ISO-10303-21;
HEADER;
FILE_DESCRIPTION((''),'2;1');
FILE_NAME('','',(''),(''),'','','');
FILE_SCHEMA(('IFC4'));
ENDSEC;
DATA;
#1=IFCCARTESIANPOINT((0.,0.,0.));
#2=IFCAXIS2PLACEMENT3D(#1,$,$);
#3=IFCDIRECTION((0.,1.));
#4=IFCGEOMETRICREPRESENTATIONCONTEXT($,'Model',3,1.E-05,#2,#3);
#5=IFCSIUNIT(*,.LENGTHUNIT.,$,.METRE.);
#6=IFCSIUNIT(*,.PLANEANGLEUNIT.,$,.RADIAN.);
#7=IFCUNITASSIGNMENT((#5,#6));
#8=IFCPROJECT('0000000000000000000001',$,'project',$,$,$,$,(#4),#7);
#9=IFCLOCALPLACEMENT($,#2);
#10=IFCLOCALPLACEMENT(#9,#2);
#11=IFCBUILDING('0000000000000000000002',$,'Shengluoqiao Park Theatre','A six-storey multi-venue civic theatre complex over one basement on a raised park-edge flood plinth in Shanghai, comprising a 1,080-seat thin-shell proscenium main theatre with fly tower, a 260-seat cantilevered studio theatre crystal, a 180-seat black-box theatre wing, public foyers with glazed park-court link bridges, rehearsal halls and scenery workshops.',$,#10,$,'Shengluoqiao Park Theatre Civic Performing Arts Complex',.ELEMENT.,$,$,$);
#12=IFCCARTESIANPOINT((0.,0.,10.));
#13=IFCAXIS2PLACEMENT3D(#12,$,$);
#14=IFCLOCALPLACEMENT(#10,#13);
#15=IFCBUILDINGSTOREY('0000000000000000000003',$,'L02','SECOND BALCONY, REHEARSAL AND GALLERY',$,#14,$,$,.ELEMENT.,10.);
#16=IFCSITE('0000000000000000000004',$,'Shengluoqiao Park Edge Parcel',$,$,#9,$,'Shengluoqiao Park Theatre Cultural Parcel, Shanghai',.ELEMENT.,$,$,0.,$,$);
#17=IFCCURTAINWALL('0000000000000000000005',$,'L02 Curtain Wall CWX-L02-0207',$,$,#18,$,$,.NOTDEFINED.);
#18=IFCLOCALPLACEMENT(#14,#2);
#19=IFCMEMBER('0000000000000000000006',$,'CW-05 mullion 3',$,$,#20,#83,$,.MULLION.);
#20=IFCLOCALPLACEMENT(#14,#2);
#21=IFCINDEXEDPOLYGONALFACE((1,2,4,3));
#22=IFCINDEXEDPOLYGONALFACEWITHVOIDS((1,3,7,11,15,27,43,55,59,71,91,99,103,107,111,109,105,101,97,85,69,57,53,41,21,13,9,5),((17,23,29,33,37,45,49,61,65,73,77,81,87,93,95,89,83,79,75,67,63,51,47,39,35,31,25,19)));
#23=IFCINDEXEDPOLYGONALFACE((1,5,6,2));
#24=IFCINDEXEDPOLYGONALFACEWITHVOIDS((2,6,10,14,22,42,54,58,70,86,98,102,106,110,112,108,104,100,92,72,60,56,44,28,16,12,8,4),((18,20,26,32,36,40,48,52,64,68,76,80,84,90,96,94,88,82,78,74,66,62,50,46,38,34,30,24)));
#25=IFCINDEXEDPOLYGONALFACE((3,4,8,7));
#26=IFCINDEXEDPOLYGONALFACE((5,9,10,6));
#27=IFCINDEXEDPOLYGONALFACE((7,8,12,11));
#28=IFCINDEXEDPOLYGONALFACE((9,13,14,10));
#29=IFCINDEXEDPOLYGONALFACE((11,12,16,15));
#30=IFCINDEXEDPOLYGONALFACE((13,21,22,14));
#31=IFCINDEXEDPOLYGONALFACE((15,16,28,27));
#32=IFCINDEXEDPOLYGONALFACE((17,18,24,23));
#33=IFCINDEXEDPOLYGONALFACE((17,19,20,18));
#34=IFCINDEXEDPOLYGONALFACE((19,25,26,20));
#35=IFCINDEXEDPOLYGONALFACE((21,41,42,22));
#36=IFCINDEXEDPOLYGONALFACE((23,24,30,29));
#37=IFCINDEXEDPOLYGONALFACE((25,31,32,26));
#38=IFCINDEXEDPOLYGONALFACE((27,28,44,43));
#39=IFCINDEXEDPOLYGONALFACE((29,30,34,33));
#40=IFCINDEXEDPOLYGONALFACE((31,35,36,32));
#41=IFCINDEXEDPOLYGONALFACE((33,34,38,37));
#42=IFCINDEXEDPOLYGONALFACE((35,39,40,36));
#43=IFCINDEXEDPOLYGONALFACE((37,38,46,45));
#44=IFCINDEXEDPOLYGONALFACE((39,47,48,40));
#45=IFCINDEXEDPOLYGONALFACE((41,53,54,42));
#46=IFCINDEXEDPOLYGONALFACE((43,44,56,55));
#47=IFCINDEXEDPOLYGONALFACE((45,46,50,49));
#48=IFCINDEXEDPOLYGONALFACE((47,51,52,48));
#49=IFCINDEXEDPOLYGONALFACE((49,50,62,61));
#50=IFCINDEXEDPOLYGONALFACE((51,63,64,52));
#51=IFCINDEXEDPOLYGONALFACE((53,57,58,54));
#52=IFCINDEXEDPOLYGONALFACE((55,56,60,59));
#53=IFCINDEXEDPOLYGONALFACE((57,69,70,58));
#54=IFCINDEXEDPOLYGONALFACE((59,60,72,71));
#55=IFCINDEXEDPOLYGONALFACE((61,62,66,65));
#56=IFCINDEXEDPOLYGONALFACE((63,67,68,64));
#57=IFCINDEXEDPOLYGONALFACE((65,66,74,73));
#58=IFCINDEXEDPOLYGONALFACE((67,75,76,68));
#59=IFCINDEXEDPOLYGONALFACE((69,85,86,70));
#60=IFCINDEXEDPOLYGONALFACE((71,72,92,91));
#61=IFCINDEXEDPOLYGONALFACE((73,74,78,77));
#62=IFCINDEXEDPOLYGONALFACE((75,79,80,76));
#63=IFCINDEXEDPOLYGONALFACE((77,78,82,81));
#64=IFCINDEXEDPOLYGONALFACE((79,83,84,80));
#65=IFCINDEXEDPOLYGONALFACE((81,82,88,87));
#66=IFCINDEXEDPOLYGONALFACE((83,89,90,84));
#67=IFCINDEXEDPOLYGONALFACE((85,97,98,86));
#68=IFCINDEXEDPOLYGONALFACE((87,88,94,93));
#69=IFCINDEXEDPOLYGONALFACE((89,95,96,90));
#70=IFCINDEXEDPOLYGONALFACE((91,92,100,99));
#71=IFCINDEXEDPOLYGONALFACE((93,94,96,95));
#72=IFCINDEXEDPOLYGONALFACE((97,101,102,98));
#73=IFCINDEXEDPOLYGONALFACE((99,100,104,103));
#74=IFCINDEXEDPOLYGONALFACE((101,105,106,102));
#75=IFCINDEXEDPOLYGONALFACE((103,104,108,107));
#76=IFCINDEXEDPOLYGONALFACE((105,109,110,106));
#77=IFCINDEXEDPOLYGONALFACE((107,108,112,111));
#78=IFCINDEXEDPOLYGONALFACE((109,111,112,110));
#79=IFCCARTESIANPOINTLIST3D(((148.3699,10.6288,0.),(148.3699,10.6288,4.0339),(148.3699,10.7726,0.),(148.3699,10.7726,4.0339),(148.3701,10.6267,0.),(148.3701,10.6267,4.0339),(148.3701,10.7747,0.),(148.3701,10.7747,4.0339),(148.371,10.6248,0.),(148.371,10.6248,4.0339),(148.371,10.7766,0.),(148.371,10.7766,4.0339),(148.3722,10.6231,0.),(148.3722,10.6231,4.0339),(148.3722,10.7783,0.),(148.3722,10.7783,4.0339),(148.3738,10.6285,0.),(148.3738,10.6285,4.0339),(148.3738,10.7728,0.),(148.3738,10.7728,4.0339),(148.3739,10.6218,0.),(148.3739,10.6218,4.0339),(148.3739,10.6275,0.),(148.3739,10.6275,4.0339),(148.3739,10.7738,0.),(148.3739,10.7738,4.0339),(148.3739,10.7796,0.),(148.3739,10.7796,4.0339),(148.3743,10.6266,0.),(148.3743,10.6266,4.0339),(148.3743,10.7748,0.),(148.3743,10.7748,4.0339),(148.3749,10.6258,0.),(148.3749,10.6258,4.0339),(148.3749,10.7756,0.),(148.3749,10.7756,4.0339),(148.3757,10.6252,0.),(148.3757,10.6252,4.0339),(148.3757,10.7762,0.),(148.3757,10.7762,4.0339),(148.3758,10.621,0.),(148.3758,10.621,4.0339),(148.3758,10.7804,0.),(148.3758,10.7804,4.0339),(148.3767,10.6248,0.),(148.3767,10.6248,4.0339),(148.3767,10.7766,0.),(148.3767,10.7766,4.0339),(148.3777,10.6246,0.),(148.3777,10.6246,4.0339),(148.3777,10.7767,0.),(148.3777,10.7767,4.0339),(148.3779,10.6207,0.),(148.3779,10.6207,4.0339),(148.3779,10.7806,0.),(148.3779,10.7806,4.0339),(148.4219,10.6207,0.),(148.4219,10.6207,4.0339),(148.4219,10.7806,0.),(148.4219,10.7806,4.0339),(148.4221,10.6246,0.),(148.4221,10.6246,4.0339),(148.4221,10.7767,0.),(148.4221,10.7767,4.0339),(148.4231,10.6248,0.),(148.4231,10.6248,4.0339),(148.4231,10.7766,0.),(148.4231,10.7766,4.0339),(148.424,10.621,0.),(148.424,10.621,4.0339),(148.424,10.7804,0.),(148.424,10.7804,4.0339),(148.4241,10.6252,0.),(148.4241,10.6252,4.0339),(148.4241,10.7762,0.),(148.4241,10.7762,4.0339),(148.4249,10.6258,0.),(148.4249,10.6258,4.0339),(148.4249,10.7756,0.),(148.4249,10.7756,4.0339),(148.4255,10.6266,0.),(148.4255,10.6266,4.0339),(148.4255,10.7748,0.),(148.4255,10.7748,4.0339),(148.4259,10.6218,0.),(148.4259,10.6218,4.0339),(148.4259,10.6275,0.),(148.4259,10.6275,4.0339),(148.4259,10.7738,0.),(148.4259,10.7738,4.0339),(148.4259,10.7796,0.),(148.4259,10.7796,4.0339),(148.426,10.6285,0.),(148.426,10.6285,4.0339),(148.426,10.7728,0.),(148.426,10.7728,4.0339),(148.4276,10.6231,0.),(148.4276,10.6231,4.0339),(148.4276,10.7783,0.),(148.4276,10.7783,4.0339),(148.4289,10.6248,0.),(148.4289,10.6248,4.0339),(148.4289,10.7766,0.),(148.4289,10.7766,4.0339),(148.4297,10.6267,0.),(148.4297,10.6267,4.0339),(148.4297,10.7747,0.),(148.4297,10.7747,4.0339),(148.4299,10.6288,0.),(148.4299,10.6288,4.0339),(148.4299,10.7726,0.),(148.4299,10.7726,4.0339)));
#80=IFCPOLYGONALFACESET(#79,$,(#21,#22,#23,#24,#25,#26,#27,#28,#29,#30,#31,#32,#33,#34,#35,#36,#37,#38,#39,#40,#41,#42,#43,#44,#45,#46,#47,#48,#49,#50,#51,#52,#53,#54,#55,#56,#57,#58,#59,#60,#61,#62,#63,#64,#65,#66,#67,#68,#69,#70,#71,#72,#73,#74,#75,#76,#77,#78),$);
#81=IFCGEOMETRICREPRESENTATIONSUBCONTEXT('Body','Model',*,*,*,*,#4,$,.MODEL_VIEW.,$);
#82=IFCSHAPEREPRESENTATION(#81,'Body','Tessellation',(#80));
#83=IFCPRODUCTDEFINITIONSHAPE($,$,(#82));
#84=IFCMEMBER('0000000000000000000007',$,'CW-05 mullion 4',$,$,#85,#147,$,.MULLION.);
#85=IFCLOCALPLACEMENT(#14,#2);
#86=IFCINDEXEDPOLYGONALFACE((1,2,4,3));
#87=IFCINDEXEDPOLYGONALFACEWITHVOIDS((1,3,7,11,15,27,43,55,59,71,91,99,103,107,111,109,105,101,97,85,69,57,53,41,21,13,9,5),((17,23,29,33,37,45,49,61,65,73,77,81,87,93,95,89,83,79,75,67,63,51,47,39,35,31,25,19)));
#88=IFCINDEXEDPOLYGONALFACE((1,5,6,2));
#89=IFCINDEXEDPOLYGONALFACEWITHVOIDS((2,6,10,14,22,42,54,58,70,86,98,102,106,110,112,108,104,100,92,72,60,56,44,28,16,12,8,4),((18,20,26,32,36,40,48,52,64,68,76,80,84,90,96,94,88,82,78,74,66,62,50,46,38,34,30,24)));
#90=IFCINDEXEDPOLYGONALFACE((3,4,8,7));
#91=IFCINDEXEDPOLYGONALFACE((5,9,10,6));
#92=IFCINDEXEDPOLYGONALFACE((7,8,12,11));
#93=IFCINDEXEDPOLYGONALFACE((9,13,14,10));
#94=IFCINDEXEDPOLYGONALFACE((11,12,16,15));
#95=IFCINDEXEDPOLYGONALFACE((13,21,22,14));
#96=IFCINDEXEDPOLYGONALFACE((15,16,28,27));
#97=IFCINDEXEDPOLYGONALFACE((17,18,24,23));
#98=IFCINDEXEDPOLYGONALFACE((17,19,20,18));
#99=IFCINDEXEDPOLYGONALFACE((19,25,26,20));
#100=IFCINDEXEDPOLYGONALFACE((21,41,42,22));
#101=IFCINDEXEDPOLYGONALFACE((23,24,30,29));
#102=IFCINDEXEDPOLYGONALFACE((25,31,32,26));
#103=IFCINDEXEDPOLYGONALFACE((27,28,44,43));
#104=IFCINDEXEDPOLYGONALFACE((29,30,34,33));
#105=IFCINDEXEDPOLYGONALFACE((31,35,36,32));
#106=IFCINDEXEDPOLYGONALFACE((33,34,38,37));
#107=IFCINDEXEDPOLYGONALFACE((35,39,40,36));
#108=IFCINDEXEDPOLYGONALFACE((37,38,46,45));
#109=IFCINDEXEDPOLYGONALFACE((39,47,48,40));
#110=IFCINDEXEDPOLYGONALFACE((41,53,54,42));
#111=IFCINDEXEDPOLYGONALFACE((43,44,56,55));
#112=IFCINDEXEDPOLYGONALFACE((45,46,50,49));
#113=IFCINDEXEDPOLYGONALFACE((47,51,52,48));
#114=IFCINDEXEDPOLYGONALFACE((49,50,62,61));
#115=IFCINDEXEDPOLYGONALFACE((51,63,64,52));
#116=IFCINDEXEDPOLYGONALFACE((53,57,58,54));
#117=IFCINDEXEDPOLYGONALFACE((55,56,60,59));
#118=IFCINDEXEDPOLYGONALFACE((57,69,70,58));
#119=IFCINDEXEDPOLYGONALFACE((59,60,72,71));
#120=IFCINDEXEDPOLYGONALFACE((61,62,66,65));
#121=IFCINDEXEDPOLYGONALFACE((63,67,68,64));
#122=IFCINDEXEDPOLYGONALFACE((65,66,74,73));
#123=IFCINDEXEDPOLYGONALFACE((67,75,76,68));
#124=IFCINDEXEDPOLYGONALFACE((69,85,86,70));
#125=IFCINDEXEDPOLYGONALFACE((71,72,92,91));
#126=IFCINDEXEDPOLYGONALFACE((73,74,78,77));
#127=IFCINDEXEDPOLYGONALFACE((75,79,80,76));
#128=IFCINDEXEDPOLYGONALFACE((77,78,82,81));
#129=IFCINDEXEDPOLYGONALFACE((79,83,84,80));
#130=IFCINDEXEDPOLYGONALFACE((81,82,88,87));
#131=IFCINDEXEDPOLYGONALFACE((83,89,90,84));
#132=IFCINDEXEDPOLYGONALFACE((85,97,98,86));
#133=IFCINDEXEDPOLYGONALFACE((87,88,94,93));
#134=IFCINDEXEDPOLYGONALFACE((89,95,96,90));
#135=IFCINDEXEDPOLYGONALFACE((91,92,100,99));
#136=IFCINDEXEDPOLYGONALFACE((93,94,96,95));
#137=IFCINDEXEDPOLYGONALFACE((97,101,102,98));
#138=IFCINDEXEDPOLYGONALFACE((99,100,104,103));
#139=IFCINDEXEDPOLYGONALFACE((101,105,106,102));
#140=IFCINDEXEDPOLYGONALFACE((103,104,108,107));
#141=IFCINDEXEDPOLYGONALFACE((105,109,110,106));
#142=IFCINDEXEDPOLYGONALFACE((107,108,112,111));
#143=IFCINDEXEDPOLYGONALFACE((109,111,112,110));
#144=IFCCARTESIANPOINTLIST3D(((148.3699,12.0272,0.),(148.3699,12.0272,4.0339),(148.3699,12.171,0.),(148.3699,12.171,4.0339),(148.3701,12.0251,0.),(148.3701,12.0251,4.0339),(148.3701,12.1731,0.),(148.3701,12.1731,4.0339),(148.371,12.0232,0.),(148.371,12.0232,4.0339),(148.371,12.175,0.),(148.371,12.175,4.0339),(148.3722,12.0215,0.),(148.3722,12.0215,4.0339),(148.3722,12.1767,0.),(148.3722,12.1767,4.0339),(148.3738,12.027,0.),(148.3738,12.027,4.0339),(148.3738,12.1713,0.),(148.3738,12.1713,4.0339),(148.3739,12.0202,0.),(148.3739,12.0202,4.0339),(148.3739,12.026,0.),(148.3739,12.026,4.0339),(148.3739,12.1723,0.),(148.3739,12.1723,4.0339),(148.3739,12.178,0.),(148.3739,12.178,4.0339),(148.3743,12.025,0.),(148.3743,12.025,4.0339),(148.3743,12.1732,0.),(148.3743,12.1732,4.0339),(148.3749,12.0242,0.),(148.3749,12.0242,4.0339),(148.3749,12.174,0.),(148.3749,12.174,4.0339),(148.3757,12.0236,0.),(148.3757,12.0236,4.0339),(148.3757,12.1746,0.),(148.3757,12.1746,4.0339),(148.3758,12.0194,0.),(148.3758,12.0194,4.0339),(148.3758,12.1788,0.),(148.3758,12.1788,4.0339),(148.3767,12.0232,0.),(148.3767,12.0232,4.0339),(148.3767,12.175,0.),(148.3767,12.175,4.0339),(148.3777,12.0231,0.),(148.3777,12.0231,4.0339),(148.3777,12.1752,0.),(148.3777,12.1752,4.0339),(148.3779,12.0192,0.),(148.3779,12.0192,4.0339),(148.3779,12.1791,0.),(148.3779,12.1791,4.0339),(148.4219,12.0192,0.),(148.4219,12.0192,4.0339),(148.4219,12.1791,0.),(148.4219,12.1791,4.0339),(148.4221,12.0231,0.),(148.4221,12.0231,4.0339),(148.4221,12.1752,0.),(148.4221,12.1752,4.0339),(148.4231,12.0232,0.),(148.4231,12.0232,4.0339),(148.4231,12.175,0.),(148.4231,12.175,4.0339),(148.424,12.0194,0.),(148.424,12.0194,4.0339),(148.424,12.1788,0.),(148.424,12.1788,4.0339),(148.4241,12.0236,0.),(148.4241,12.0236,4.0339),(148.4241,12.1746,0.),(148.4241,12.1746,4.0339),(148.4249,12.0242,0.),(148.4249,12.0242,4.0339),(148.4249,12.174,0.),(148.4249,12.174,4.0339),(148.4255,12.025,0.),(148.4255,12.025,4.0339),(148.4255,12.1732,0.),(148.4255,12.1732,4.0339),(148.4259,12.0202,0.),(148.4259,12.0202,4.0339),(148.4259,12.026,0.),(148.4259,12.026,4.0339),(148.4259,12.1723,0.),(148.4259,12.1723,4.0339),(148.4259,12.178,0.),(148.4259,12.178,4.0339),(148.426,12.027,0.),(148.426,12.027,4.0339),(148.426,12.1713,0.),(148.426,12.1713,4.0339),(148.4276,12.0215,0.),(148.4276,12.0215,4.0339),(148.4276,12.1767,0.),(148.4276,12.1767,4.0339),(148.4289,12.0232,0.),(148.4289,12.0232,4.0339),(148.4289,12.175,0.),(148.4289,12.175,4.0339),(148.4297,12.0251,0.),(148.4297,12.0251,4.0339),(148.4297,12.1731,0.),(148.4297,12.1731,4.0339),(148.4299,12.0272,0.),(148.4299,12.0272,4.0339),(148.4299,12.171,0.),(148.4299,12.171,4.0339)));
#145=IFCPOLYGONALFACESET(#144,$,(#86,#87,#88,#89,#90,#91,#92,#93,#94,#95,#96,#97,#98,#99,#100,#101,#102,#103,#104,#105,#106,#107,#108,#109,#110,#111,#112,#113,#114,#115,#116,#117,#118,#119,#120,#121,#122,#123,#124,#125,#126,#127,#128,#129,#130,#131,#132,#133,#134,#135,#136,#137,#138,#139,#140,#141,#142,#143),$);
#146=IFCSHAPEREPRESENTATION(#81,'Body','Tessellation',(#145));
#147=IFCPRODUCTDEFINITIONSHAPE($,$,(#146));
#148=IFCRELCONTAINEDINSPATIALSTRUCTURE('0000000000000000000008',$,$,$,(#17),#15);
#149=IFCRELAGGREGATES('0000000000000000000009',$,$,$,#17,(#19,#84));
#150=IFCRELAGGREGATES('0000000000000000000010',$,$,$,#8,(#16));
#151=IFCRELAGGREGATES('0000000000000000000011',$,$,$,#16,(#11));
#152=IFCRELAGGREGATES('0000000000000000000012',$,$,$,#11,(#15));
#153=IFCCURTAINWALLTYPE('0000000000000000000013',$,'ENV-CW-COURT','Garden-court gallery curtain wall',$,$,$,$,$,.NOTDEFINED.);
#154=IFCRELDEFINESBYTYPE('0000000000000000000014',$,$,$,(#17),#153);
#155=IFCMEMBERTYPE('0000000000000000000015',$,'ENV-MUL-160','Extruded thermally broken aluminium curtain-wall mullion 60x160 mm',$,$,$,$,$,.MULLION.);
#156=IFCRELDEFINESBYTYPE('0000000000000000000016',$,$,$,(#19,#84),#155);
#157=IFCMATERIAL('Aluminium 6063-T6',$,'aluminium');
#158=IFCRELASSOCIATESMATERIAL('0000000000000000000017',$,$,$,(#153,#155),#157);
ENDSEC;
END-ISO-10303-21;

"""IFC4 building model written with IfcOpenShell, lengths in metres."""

from ifc_helpers import new_model, si_unit, direction, frame, origin, origin_2d, place, context, subcontext, project, spatial, hollow_rectangle, extrude, material, material_profile, profile_set, type_object, element, aggregate, save


model = new_model("IFC4")

# Units and contexts
model_context = context("Model", 3, precision=1e-05, world=origin(), true_north=direction((0.0, 1.0)))
body_context = subcontext(model_context, "Body", "Model", "MODEL_VIEW")
ifc_project = project(units=[si_unit("LENGTHUNIT", "METRE"), si_unit("PLANEANGLEUNIT", "RADIAN")], contexts=[model_context])

# Site, building, storey
site_placement = place(None, origin())
site = spatial("IfcSite", under=ifc_project, at=site_placement, Name="Shengluoqiao Park Edge Parcel", LongName="Shengluoqiao Park Theatre Cultural Parcel, Shanghai", CompositionType="ELEMENT", RefElevation=0.0)
building_placement = place(site_placement, origin())
building = spatial("IfcBuilding", under=site, at=building_placement, Name="Shengluoqiao Park Theatre", Description="A six-storey multi-venue civic theatre complex over one basement on a raised park-edge flood plinth in Shanghai, comprising a 1,080-seat thin-shell proscenium main theatre with fly tower, a 260-seat cantilevered studio theatre crystal, a 180-seat black-box theatre wing, public foyers with glazed park-court link bridges, rehearsal halls and scenery workshops.", LongName="Shengluoqiao Park Theatre Civic Performing Arts Complex", CompositionType="ELEMENT")
storey_placement = place(building_placement, frame((0.0, 0.0, 10.0)))
storey = spatial("IfcBuildingStorey", under=building, at=storey_placement, Name="L02", Description="SECOND BALCONY, REHEARSAL AND GALLERY", CompositionType="ELEMENT", Elevation=10.0)

# Curtain wall, members
ifc_material_1 = material(Name="Aluminium 6063-T6", Category="aluminium")
curtain_wall_type = type_object("IfcCurtainWallType", Name="ENV-CW-COURT", Description="Garden-court gallery curtain wall", PredefinedType="NOTDEFINED", material=ifc_material_1)
curtain_wall_placement = place(storey_placement, origin())
curtain_wall = element("IfcCurtainWall", 1, at=curtain_wall_placement, inside=storey, type_object=curtain_wall_type, Name="L02 Curtain Wall CWX-L02-0207", PredefinedType="NOTDEFINED")
ifc_material_profile_1 = material_profile(ifc_material_1, hollow_rectangle(XDim=0.0601, YDim=0.1599, WallThickness=0.0039, InnerFilletRadius=0.0039, OuterFilletRadius=0.0081, at=origin_2d()), Name="ALU MULLION 160x60x4")
ifc_profile_set_1 = profile_set([ifc_material_profile_1], Name="Aluminium 6063-T6")
member_type_1 = type_object("IfcMemberType", Name="ENV-MUL-160", Description="Extruded thermally broken aluminium curtain-wall mullion 60x160 mm", PredefinedType="MULLION", material=ifc_profile_set_1)
member_1_placement = place(storey_placement, frame((148.3999, 10.7007, 0.0), z_axis=(0.0, 0.0, 1.0), x_axis=(-1.0, 0.0, 0.0)))
member_1 = element("IfcMember", 2, at=member_1_placement, type_object=member_type_1, Name="CW-05 mullion 3", PredefinedType="MULLION", context=body_context, shape_type="SweptSolid", body=[
    extrude(hollow_rectangle(XDim=0.0601, YDim=0.1599, WallThickness=0.0039, InnerFilletRadius=0.0039, OuterFilletRadius=0.0081, at=origin_2d()), origin(), (0.0, 0.0, 1.0), 4.0339),
])
member_2_placement = place(storey_placement, frame((148.3999, 12.0991, 0.0), z_axis=(0.0, 0.0, 1.0), x_axis=(-1.0, 0.0, 0.0)))
member_2 = element("IfcMember", 3, at=member_2_placement, type_object=member_type_1, Name="CW-05 mullion 4", PredefinedType="MULLION", context=body_context, shape_type="SweptSolid", body=[
    extrude(hollow_rectangle(XDim=0.0601, YDim=0.1599, WallThickness=0.0039, InnerFilletRadius=0.0039, OuterFilletRadius=0.0081, at=origin_2d()), origin(), (0.0, 0.0, 1.0), 4.0339),
])

aggregate(curtain_wall, [member_1, member_2])

save(model, "model.ifc")
